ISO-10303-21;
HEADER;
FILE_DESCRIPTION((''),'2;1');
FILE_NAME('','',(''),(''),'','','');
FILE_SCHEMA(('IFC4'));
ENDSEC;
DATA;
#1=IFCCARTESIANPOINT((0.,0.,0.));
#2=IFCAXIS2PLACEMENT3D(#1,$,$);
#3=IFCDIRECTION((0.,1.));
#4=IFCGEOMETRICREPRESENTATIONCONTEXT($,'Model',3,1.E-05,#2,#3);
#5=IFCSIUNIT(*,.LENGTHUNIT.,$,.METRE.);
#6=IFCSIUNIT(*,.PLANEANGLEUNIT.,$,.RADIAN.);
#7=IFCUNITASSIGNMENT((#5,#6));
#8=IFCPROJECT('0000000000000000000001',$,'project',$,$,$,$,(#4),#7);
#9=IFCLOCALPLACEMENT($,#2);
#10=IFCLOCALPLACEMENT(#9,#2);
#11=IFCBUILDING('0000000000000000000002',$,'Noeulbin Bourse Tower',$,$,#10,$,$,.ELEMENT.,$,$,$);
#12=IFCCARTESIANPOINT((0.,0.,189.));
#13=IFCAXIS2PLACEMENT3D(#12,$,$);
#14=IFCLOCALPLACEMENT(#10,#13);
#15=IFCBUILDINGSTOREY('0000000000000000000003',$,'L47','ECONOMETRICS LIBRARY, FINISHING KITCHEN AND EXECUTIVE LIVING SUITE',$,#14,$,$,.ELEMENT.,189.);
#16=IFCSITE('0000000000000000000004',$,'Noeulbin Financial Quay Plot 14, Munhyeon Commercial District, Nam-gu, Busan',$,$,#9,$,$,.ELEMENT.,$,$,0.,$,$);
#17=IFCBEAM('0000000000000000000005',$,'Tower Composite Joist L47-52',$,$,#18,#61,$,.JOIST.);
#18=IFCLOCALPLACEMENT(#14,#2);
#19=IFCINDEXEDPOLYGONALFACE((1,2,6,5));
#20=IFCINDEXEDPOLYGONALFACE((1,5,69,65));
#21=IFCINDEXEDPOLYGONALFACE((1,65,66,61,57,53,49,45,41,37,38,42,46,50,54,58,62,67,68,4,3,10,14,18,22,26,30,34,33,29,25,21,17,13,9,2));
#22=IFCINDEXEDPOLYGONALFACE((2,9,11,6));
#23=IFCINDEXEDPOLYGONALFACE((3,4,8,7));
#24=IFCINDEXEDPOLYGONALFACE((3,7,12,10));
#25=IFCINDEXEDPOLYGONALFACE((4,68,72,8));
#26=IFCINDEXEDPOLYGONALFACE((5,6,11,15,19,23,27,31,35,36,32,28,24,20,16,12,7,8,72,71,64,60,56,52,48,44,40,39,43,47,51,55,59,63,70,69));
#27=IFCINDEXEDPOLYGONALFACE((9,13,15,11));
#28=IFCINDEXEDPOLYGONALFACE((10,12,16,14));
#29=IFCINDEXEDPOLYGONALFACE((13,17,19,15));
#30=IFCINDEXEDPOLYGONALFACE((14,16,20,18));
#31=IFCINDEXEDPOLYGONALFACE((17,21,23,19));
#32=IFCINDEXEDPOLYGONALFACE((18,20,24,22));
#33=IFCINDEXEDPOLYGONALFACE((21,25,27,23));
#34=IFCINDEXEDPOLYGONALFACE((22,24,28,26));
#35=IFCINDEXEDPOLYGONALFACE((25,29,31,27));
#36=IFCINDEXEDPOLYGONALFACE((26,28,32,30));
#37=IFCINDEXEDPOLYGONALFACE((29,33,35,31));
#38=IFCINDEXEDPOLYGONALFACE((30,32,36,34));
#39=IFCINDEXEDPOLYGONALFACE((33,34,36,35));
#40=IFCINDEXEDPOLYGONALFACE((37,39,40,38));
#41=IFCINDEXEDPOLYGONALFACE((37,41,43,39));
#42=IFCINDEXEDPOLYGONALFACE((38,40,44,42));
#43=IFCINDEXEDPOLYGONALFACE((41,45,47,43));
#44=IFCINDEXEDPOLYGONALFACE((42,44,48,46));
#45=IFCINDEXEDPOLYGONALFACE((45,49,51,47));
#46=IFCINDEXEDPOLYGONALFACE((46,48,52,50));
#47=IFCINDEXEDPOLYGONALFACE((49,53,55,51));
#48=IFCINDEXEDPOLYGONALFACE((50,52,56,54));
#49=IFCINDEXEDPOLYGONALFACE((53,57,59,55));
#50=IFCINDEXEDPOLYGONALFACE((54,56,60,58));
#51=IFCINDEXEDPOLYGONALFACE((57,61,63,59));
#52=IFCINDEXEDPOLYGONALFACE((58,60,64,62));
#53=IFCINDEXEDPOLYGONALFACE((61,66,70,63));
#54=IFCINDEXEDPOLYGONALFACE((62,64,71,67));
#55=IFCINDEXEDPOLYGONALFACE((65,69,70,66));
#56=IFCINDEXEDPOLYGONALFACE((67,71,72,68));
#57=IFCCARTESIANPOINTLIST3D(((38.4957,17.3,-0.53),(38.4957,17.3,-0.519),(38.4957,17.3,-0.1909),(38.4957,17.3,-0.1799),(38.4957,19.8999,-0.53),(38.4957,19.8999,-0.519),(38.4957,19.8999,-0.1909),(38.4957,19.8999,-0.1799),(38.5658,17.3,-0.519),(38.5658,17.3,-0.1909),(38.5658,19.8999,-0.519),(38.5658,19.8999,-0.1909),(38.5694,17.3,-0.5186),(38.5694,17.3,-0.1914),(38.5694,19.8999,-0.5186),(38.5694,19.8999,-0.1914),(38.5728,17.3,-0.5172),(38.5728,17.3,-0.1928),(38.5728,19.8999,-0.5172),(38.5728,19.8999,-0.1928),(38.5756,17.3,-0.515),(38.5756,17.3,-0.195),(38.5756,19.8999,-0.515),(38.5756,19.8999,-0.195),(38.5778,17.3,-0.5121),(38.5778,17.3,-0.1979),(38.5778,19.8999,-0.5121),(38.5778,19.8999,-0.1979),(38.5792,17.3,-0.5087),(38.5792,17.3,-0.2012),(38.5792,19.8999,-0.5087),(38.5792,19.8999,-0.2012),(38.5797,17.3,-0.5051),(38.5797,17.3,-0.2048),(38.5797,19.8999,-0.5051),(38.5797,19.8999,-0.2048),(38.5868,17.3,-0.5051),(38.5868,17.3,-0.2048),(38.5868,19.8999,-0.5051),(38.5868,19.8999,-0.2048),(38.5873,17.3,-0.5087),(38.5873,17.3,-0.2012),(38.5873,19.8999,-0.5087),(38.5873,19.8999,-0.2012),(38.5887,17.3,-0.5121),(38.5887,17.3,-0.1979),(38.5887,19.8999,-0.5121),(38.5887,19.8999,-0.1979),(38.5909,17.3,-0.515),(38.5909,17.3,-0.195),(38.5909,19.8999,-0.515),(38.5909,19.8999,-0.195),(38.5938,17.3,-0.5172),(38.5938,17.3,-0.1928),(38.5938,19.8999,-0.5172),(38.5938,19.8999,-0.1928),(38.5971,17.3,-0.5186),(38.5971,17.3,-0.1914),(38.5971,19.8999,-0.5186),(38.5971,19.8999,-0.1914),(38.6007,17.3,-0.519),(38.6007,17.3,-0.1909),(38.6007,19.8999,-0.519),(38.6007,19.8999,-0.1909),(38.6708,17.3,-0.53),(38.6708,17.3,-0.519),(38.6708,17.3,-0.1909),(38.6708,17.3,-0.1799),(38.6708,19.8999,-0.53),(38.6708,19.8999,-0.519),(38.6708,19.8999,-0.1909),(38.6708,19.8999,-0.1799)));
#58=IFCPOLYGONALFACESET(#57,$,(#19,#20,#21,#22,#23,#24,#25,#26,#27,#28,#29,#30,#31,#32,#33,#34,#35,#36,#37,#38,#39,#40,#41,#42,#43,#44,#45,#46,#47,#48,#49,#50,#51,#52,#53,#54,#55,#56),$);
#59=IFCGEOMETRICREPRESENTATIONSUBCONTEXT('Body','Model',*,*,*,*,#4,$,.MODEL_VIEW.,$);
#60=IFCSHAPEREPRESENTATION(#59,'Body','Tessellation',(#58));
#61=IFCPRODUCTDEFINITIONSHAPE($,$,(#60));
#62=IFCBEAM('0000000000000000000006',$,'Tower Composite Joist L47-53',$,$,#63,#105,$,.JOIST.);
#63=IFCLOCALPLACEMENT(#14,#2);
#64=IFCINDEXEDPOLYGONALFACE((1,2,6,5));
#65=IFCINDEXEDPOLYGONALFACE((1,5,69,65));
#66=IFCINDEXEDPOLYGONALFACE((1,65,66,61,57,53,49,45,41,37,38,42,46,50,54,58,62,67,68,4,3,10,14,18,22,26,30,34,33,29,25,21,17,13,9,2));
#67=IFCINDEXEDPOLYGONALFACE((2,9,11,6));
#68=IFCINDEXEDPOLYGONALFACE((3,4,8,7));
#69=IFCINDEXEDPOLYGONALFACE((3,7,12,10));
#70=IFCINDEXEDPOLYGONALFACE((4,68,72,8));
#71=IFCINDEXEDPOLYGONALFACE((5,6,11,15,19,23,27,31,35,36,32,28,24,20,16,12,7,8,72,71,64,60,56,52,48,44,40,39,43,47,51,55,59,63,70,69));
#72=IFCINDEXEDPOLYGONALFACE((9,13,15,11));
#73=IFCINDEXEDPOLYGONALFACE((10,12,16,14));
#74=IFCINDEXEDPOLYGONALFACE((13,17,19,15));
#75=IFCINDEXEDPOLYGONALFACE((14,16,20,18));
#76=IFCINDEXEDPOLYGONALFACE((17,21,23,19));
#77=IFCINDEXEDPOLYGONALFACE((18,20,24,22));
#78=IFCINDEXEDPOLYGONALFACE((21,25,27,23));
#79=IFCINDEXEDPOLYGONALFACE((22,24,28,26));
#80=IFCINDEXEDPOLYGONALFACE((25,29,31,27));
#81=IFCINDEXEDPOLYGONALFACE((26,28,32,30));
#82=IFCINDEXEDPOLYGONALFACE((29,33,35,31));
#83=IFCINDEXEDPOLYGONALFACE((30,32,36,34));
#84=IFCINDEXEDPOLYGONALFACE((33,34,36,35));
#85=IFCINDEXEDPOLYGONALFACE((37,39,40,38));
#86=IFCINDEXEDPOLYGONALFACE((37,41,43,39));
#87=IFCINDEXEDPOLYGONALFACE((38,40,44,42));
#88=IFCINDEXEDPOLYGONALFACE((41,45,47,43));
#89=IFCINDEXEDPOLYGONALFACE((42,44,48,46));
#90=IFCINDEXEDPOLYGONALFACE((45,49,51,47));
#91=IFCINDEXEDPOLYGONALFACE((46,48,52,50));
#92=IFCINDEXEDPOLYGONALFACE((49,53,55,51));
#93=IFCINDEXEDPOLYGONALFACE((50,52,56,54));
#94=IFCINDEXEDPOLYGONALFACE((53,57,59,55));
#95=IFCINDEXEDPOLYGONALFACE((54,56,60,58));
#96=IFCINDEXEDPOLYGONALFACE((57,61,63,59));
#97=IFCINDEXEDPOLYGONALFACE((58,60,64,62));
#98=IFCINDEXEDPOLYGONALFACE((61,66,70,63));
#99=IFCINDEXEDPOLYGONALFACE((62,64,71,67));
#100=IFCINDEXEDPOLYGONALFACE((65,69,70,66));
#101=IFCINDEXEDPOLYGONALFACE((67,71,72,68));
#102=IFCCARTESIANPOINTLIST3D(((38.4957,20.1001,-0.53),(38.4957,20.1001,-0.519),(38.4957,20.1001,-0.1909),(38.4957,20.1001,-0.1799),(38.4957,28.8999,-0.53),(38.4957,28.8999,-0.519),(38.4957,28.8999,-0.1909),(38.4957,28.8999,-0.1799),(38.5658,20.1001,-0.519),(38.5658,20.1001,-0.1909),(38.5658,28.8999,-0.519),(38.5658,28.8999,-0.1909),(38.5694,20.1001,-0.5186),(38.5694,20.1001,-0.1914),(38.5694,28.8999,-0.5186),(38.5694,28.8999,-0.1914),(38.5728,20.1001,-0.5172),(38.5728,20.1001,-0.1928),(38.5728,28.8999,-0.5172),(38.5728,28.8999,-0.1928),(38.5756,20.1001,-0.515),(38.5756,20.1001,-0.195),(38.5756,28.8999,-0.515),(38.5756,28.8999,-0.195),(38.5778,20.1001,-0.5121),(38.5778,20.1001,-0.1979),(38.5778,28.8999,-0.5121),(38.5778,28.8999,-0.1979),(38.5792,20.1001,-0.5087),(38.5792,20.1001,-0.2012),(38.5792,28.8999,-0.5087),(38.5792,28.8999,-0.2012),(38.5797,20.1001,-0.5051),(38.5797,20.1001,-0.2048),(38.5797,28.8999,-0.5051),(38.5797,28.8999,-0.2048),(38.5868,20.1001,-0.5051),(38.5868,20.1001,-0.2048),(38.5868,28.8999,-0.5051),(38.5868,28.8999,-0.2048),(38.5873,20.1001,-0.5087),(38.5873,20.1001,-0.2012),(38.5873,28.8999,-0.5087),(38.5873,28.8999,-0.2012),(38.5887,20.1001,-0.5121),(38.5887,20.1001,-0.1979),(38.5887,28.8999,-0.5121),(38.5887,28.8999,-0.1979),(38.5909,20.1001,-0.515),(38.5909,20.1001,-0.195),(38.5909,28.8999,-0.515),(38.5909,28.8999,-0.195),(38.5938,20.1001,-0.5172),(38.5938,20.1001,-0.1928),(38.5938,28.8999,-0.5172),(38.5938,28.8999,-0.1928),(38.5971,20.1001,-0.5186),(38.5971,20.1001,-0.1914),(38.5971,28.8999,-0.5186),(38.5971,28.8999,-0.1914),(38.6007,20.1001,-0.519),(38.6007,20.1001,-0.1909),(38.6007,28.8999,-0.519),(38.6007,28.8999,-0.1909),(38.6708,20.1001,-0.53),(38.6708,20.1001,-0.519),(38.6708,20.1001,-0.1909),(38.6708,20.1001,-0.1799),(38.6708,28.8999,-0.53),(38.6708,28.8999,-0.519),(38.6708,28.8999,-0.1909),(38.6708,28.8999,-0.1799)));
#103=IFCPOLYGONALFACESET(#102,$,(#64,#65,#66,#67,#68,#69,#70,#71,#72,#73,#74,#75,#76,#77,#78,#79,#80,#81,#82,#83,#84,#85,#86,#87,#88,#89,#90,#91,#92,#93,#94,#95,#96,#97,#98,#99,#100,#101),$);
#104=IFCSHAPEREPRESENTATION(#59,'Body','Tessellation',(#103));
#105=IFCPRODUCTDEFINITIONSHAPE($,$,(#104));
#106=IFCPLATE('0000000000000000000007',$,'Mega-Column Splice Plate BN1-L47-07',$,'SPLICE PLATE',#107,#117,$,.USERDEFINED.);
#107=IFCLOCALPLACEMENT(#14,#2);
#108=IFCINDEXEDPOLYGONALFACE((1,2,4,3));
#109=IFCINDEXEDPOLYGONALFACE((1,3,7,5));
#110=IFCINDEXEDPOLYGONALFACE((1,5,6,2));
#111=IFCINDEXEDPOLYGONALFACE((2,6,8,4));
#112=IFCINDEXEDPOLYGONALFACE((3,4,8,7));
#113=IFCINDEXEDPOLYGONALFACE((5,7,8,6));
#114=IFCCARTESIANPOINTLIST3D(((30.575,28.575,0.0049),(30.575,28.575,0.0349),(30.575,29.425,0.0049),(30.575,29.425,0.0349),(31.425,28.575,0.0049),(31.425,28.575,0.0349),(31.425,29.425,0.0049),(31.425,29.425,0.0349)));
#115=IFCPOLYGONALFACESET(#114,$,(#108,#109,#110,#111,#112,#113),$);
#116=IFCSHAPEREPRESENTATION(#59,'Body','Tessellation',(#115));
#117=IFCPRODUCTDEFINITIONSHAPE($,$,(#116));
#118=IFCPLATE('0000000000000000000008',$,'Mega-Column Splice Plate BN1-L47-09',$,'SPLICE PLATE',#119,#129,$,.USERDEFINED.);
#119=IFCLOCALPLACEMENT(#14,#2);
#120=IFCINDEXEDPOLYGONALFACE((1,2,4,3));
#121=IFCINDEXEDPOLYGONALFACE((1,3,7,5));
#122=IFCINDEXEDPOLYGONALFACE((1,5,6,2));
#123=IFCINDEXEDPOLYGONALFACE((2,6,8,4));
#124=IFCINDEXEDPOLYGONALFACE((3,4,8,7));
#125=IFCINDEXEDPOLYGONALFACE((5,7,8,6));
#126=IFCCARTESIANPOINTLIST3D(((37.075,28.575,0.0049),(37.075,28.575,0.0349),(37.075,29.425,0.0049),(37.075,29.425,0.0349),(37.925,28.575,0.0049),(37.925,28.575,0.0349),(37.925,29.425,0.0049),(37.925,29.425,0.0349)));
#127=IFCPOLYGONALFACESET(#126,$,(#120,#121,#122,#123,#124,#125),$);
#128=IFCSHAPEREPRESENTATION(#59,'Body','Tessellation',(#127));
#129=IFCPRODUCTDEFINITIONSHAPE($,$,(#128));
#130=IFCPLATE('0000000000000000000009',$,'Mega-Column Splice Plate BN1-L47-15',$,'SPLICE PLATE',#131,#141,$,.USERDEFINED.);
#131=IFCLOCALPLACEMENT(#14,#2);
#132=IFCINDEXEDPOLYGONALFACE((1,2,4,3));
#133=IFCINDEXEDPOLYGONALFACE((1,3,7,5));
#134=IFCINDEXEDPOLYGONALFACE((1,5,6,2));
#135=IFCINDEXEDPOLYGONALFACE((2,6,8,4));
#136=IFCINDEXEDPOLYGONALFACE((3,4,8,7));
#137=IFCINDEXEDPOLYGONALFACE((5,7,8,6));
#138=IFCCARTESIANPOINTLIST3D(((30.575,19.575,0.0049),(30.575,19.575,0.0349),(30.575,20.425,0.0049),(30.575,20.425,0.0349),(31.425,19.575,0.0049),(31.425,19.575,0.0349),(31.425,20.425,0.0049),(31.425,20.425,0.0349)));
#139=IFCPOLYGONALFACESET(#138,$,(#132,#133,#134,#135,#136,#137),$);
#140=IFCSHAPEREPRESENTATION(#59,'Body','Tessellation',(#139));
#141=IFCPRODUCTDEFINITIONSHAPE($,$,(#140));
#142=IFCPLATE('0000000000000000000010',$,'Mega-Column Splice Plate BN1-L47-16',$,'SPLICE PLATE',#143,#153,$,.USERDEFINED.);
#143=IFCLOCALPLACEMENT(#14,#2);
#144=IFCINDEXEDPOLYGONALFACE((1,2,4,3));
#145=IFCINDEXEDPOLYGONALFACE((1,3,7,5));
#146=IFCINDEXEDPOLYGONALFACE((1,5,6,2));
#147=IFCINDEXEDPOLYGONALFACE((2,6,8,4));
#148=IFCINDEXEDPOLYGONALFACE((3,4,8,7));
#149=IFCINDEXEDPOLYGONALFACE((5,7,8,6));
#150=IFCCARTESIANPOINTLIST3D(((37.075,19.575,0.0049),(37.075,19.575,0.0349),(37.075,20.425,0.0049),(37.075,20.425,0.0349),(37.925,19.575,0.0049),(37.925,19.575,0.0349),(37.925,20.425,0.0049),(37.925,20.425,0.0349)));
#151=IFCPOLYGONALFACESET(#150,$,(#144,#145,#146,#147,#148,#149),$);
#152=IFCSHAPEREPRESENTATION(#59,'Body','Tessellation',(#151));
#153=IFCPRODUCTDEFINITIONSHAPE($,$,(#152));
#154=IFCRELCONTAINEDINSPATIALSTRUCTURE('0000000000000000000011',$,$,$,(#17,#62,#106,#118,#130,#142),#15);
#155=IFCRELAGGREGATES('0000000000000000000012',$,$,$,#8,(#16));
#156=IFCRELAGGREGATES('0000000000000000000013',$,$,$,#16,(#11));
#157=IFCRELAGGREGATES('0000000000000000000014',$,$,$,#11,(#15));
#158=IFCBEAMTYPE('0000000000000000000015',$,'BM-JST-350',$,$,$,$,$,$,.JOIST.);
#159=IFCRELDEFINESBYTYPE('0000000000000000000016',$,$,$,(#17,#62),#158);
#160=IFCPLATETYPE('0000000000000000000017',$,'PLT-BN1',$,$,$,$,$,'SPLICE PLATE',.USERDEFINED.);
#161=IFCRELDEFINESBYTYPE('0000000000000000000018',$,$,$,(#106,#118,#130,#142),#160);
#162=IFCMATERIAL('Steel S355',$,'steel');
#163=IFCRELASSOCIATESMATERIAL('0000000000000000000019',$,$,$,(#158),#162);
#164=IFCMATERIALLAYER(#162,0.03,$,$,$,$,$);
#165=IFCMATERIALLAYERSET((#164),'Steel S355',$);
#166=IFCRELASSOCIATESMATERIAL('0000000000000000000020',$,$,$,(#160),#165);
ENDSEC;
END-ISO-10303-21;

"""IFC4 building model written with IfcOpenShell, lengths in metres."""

from ifc_helpers import new_model, si_unit, direction, frame, origin, origin_2d, place, context, subcontext, project, spatial, rectangle, i_section, extrude, material, layer, layer_set, material_profile, profile_set, type_object, element, save


model = new_model("IFC4")

# Units and contexts
model_context = context("Model", 3, precision=1e-05, world=origin(), true_north=direction((0.0, 1.0)))
body_context = subcontext(model_context, "Body", "Model", "MODEL_VIEW")
ifc_project = project(units=[si_unit("LENGTHUNIT", "METRE"), si_unit("PLANEANGLEUNIT", "RADIAN")], contexts=[model_context])

# Site, building, storey
site_placement = place(None, origin())
site = spatial("IfcSite", under=ifc_project, at=site_placement, Name="Noeulbin Financial Quay Plot 14, Munhyeon Commercial District, Nam-gu, Busan", CompositionType="ELEMENT", RefElevation=0.0)
building_placement = place(site_placement, origin())
building = spatial("IfcBuilding", under=site, at=building_placement, Name="Noeulbin Bourse Tower", CompositionType="ELEMENT")
storey_placement = place(building_placement, frame((0.0, 0.0, 189.0)))
storey = spatial("IfcBuildingStorey", under=building, at=storey_placement, Name="L47", Description="ECONOMETRICS LIBRARY, FINISHING KITCHEN AND EXECUTIVE LIVING SUITE", CompositionType="ELEMENT", Elevation=189.0)

# Beams
ifc_material_1 = material(Name="Steel S355", Category="steel")
ifc_material_profile_1 = material_profile(ifc_material_1, i_section(OverallWidth=0.175, OverallDepth=0.3501, WebThickness=0.0071, FlangeThickness=0.011, FilletRadius=0.0139, at=origin_2d()), Name="H-350x175x7x11", Category="LoadBearing")
ifc_profile_set_1 = profile_set([ifc_material_profile_1], Name="Steel S355")
beam_type_1 = type_object("IfcBeamType", Name="BM-JST-350", PredefinedType="JOIST", material=ifc_profile_set_1)
beam_1_placement = place(storey_placement, frame((38.5833, 17.3, -0.355), z_axis=(0.0, 1.0, 0.0), x_axis=(-1.0, 0.0, 0.0)))
element("IfcBeam", 1, at=beam_1_placement, inside=storey, type_object=beam_type_1, Name="Tower Composite Joist L47-52", PredefinedType="JOIST", context=body_context, shape_type="SweptSolid", body=[
    extrude(i_section(OverallWidth=0.175, OverallDepth=0.3501, WebThickness=0.0071, FlangeThickness=0.011, FilletRadius=0.0139, at=origin_2d()), origin(), (0.0, 0.0, 1.0), 2.5999),
])
beam_2_placement = place(storey_placement, frame((38.5833, 20.1001, -0.355), z_axis=(0.0, 1.0, 0.0), x_axis=(-1.0, 0.0, 0.0)))
element("IfcBeam", 2, at=beam_2_placement, inside=storey, type_object=beam_type_1, Name="Tower Composite Joist L47-53", PredefinedType="JOIST", context=body_context, shape_type="SweptSolid", body=[
    extrude(i_section(OverallWidth=0.175, OverallDepth=0.3501, WebThickness=0.0071, FlangeThickness=0.011, FilletRadius=0.0139, at=origin_2d()), origin(), (0.0, 0.0, 1.0), 8.7998),
])

# Plates
ifc_layer = layer(ifc_material_1, 0.03)
ifc_layer_set = layer_set([ifc_layer], Name="Steel S355")
plate_type = type_object("IfcPlateType", Name="PLT-BN1", ElementType="SPLICE PLATE", PredefinedType="USERDEFINED", material=ifc_layer_set)
for number, where, z_axis, x_axis, name in (
    (3, (31.0, 29.0, 0.0049), (0.0, 0.0, 1.0), (1.0, 0.0, 0.0), "Mega-Column Splice Plate BN1-L47-07"),
    (4, (37.5, 29.0, 0.0049), (0.0, 0.0, 1.0), (1.0, 0.0, 0.0), "Mega-Column Splice Plate BN1-L47-09"),
    (5, (31.0, 20.0, 0.0049), (0.0, 0.0, 1.0), (1.0, 0.0, 0.0), "Mega-Column Splice Plate BN1-L47-15"),
    (6, (37.5, 20.0, 0.0049), (0.0, 0.0, 1.0), (1.0, 0.0, 0.0), "Mega-Column Splice Plate BN1-L47-16"),
):
    element("IfcPlate", number, at=place(storey_placement, frame(where, z_axis=z_axis, x_axis=x_axis)), inside=storey, type_object=plate_type, Name=name, ObjectType="SPLICE PLATE", PredefinedType="USERDEFINED", context=body_context, shape_type="SweptSolid", body=[
        extrude(rectangle(XDim=0.8501, YDim=0.8501, at=origin_2d()), origin(), (0.0, 0.0, 1.0), 0.03),
    ])

save(model, "model.ifc")
